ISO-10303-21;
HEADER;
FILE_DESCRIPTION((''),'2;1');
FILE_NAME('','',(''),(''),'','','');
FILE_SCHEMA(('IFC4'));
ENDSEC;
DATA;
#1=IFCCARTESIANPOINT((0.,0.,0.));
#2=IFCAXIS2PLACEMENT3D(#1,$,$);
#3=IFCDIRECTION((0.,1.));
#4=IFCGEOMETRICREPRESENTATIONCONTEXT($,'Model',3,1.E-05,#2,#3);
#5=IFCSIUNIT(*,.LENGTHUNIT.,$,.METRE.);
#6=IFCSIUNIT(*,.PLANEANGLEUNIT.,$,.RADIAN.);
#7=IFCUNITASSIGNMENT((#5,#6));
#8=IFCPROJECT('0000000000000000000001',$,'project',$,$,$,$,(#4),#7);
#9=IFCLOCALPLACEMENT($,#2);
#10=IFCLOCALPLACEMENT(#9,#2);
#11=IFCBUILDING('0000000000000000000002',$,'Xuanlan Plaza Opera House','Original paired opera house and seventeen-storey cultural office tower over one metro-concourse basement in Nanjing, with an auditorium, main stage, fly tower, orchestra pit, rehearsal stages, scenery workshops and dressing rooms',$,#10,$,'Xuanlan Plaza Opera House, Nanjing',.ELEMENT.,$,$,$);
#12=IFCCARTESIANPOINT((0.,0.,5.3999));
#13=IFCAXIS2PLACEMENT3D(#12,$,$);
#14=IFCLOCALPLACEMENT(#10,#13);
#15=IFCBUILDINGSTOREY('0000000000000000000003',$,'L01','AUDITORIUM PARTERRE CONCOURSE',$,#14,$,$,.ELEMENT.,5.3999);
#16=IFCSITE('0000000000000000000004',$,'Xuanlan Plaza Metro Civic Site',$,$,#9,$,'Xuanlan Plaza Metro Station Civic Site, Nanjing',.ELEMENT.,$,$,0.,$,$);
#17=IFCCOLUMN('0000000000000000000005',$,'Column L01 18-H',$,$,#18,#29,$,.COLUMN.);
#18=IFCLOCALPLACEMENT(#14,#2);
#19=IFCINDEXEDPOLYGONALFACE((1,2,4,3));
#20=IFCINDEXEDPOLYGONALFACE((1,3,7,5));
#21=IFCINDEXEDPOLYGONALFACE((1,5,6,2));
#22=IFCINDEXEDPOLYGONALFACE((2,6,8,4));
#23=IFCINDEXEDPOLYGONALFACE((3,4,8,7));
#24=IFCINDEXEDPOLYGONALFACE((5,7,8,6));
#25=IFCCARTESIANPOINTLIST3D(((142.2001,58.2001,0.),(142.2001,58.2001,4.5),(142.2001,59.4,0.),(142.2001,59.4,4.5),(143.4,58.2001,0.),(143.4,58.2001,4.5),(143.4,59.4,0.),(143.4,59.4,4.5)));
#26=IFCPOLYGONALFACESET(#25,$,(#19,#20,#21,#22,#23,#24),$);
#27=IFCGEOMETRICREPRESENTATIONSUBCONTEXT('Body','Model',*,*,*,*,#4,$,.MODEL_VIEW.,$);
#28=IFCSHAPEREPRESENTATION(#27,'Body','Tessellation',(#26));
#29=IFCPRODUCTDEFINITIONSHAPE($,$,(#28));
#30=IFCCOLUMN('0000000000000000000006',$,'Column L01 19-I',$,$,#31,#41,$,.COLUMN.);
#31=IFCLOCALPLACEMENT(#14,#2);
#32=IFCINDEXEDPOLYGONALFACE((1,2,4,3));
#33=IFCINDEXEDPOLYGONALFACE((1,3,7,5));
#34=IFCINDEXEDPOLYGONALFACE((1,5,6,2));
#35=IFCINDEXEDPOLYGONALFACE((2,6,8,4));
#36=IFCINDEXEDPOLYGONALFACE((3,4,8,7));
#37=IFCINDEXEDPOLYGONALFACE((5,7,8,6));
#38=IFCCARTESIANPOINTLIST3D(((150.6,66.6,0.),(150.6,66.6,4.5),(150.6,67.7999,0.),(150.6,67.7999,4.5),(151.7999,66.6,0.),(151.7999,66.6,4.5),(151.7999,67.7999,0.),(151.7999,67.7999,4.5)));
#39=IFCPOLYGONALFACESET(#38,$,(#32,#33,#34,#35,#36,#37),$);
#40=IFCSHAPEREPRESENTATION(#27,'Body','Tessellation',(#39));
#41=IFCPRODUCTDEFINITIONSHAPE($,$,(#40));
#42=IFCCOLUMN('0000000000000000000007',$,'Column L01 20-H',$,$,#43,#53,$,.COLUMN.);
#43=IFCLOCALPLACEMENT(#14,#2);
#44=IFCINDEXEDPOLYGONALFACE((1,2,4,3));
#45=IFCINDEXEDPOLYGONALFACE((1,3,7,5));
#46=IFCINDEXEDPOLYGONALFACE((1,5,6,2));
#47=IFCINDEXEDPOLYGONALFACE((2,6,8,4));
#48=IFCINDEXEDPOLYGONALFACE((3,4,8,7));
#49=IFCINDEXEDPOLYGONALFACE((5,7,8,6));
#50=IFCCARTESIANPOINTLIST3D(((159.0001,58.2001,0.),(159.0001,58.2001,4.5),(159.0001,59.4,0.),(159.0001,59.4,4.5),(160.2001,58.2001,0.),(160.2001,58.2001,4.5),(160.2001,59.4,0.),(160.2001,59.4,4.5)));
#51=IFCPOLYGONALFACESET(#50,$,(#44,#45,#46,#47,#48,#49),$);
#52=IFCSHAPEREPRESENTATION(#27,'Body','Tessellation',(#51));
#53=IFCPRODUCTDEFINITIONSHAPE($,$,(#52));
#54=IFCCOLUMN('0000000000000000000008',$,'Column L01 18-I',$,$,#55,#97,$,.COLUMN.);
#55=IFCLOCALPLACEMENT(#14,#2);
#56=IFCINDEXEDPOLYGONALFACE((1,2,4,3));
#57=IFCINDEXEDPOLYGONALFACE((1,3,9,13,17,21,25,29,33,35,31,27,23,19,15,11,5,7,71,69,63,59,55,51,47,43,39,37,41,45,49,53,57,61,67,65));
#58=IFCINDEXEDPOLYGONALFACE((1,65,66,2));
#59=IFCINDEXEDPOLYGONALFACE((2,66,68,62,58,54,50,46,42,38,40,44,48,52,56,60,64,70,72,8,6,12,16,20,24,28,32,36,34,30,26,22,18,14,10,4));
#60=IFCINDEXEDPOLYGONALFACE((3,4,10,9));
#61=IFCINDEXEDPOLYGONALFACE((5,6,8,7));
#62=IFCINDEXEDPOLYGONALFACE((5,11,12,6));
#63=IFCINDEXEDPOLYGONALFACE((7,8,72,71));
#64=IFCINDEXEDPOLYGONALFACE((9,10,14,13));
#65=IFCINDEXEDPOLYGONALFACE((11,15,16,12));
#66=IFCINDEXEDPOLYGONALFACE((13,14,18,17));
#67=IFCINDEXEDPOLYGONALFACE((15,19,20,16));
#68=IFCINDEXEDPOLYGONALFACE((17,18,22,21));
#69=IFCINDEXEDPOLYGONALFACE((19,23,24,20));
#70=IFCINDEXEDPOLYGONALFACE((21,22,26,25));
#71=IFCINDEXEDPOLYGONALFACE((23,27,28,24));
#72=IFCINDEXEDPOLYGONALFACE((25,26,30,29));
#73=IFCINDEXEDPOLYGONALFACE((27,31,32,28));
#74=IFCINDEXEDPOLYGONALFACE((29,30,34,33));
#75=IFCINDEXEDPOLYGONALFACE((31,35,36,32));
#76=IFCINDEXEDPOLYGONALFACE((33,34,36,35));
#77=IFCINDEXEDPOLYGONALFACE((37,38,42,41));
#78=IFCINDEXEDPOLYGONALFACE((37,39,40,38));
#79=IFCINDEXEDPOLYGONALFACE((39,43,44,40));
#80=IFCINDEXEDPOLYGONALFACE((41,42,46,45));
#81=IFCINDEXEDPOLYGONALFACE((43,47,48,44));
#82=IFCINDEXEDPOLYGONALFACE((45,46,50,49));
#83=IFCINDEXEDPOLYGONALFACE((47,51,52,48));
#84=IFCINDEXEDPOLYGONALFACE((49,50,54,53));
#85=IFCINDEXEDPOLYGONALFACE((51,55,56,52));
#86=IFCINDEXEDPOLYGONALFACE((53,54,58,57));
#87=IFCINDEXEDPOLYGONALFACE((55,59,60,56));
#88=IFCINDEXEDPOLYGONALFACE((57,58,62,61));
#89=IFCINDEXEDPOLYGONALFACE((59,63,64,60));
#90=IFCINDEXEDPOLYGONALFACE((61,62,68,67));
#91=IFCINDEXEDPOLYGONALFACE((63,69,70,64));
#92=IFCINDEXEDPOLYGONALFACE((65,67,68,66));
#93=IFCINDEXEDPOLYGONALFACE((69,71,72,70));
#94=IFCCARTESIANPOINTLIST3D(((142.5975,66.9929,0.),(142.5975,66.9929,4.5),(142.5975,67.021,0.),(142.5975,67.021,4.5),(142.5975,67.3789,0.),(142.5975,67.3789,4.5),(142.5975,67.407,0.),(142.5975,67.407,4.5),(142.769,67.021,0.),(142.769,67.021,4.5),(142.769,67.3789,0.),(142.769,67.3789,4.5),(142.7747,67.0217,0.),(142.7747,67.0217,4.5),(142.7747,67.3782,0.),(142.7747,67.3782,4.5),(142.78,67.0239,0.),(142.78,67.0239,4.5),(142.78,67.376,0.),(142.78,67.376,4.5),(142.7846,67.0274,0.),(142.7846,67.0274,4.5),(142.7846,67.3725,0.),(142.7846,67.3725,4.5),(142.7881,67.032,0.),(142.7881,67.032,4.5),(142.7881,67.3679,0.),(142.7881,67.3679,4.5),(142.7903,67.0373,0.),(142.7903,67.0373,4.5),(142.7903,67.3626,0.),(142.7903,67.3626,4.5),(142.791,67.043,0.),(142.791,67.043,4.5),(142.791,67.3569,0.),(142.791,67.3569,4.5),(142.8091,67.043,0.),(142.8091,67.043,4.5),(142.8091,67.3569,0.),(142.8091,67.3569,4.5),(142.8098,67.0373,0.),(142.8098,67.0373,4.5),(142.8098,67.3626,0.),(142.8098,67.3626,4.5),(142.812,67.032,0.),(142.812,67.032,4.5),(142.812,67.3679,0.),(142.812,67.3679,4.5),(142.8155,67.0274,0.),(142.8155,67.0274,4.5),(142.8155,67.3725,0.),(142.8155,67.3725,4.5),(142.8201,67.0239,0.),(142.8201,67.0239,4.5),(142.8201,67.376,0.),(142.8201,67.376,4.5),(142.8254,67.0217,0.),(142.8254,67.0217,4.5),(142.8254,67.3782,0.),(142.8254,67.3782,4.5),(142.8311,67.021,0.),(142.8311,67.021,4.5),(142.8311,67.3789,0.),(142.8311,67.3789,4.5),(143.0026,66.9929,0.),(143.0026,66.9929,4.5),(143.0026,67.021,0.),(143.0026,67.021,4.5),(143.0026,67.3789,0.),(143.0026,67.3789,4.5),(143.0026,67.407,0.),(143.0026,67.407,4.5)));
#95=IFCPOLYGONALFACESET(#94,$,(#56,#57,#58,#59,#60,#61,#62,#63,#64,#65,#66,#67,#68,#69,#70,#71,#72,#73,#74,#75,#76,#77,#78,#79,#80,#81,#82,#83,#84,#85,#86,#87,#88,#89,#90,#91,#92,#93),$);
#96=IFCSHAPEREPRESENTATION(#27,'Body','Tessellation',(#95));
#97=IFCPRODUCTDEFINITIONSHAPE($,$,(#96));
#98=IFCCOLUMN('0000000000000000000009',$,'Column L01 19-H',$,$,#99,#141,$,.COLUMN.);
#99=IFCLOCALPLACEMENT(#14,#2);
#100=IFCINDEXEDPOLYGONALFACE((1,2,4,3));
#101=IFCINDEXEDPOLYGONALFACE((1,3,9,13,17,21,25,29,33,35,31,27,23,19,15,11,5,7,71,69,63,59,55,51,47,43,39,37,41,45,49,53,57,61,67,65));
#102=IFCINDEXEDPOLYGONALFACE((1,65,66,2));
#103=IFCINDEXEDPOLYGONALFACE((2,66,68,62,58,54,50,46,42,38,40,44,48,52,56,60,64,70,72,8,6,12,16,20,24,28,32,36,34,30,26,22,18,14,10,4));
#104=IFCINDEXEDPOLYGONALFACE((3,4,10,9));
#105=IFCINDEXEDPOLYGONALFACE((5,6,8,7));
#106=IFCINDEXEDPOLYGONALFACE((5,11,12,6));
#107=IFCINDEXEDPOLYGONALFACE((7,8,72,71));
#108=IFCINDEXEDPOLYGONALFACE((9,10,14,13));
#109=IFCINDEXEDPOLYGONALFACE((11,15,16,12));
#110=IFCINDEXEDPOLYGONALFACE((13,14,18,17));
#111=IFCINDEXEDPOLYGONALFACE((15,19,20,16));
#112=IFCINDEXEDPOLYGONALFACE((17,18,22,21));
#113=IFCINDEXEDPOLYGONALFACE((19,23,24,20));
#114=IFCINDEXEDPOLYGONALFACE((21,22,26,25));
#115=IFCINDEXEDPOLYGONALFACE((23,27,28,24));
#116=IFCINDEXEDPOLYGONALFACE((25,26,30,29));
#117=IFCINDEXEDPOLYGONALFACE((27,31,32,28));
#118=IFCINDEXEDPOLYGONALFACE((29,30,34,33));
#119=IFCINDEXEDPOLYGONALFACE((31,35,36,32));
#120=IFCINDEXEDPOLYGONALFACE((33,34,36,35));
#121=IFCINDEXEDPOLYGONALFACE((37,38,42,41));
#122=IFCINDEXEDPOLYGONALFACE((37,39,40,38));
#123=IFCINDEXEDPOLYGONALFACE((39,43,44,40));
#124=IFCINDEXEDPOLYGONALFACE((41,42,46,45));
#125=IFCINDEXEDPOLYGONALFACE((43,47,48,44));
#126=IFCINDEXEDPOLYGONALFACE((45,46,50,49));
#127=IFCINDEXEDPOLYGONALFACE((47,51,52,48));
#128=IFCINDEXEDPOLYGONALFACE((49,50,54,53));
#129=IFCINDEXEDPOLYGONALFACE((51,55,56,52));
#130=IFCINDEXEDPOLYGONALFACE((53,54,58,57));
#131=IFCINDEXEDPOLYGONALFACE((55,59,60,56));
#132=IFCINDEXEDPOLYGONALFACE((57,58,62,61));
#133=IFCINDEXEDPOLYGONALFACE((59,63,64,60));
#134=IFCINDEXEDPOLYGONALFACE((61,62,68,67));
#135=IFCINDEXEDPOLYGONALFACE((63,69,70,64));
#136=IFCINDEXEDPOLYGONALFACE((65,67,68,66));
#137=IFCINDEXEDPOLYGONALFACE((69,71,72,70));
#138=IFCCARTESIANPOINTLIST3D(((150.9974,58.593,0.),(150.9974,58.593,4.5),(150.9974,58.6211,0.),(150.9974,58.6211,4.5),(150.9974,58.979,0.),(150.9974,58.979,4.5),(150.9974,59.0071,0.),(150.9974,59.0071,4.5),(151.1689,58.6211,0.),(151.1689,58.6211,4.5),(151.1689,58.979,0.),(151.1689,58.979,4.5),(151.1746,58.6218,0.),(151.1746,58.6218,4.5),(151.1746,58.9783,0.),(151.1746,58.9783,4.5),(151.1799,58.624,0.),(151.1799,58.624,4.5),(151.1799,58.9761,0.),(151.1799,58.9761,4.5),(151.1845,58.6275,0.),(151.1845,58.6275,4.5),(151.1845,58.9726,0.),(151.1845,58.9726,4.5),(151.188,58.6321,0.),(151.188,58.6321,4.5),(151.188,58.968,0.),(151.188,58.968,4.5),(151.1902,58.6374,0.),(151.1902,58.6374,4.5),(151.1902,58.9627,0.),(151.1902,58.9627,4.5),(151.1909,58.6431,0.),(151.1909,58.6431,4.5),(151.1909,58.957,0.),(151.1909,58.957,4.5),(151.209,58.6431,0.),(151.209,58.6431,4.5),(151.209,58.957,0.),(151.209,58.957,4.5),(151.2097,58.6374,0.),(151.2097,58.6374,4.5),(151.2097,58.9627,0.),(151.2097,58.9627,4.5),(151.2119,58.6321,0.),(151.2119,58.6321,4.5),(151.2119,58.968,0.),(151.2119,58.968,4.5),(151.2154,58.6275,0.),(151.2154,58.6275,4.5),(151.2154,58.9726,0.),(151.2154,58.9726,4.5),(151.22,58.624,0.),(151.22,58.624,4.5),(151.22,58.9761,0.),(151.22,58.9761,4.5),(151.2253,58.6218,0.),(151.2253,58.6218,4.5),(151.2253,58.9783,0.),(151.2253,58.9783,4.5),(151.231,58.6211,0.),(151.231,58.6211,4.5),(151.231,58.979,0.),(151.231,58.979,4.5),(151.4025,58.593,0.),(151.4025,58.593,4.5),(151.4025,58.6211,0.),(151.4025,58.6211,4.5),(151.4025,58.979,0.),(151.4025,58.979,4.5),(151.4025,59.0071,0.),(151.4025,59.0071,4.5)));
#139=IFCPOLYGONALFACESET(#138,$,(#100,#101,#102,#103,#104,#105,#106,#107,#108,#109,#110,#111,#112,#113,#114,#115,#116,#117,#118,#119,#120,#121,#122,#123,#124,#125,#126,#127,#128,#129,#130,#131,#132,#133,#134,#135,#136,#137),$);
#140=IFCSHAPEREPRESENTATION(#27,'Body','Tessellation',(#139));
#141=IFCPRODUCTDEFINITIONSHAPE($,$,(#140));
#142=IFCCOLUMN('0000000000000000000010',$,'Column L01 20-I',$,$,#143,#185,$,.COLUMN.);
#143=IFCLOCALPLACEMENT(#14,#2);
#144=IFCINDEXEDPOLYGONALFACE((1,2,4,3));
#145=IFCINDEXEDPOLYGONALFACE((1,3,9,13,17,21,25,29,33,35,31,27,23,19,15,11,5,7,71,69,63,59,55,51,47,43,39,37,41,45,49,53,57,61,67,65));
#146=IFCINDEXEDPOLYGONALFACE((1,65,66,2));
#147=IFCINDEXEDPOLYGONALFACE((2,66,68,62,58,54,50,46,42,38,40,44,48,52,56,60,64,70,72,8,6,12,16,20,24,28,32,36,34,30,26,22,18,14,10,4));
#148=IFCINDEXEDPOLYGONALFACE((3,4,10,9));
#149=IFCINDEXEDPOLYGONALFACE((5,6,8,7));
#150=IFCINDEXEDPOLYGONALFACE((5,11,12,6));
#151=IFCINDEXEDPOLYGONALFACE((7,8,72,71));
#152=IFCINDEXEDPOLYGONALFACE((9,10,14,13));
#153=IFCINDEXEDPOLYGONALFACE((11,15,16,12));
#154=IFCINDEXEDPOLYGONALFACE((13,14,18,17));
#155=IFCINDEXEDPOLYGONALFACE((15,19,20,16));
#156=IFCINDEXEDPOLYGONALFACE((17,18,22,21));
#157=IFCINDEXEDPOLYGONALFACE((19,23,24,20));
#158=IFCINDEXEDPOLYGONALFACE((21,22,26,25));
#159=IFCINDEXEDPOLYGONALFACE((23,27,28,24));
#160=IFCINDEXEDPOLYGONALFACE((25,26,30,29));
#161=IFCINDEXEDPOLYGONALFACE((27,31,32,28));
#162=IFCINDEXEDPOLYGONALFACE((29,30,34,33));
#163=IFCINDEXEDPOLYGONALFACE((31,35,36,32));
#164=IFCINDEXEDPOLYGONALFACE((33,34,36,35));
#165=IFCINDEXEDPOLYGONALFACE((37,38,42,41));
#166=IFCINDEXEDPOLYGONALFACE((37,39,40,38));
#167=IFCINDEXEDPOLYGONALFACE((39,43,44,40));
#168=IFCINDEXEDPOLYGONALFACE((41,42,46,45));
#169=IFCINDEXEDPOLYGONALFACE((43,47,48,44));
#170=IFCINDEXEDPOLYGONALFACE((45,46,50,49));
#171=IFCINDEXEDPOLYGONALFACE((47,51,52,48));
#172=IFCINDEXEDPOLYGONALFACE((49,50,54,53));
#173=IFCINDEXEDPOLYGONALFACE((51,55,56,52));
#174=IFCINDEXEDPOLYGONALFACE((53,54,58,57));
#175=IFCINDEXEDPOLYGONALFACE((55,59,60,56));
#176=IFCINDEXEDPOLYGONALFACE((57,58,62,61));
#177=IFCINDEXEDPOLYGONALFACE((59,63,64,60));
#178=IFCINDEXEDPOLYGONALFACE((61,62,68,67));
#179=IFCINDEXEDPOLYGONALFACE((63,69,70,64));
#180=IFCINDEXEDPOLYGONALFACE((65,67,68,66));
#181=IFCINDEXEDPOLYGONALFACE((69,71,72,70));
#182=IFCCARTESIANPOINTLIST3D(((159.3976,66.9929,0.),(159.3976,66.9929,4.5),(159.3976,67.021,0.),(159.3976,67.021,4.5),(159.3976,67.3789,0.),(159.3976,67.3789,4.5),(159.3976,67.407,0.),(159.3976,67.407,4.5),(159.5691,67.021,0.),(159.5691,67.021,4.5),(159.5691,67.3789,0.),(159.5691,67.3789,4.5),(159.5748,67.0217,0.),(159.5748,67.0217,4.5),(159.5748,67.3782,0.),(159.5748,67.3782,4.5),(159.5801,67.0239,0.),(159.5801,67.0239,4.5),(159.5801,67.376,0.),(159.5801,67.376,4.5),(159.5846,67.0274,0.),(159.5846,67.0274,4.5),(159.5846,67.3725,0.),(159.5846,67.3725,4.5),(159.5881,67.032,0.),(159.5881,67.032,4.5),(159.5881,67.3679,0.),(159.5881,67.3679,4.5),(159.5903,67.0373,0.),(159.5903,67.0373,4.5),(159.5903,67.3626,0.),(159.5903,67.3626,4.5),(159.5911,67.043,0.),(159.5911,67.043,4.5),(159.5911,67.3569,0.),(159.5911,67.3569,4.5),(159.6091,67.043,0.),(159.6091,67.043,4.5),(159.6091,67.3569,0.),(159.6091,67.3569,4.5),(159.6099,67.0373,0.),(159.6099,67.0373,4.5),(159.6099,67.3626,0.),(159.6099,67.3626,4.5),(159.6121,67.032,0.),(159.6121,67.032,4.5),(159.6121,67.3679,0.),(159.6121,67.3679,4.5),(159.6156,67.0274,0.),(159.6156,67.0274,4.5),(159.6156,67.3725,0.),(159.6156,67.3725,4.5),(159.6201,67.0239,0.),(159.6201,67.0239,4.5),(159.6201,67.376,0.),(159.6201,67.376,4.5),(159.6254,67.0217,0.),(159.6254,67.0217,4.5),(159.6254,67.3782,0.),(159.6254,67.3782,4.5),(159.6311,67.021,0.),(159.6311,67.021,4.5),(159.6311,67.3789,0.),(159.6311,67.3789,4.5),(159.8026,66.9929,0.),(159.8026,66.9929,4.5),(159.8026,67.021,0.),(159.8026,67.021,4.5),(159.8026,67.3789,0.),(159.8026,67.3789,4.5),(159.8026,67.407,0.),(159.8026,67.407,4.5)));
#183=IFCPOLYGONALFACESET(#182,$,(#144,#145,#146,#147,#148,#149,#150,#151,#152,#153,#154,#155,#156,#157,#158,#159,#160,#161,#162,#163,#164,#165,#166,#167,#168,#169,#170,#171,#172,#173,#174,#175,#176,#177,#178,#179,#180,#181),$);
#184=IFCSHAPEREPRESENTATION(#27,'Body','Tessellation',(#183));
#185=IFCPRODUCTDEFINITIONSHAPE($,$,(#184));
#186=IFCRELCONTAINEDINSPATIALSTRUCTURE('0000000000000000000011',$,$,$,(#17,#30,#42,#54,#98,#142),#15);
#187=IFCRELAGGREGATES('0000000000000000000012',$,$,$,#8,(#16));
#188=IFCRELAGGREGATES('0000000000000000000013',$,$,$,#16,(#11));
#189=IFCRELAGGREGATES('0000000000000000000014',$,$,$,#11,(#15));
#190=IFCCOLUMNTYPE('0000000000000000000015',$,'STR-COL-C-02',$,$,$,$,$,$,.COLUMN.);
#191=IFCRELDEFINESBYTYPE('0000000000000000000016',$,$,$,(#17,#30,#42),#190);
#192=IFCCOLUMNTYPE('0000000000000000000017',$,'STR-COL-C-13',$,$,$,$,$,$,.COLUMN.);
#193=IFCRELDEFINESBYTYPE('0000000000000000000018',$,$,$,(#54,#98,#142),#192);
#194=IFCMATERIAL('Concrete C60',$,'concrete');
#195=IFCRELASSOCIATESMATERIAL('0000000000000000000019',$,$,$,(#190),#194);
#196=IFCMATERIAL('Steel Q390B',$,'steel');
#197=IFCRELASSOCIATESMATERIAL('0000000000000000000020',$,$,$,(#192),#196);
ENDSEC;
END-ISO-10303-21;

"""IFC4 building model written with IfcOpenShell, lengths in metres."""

from ifc_helpers import new_model, si_unit, direction, frame, origin, origin_2d, place, context, subcontext, project, spatial, rectangle, i_section, extrude, material, material_profile, profile_set, type_object, element, save


model = new_model("IFC4")

# Units and contexts
model_context = context("Model", 3, precision=1e-05, world=origin(), true_north=direction((0.0, 1.0)))
body_context = subcontext(model_context, "Body", "Model", "MODEL_VIEW")
ifc_project = project(units=[si_unit("LENGTHUNIT", "METRE"), si_unit("PLANEANGLEUNIT", "RADIAN")], contexts=[model_context])

# Site, building, storey
site_placement = place(None, origin())
site = spatial("IfcSite", under=ifc_project, at=site_placement, Name="Xuanlan Plaza Metro Civic Site", LongName="Xuanlan Plaza Metro Station Civic Site, Nanjing", CompositionType="ELEMENT", RefElevation=0.0)
building_placement = place(site_placement, origin())
building = spatial("IfcBuilding", under=site, at=building_placement, Name="Xuanlan Plaza Opera House", Description="Original paired opera house and seventeen-storey cultural office tower over one metro-concourse basement in Nanjing, with an auditorium, main stage, fly tower, orchestra pit, rehearsal stages, scenery workshops and dressing rooms", LongName="Xuanlan Plaza Opera House, Nanjing", CompositionType="ELEMENT")
storey_placement = place(building_placement, frame((0.0, 0.0, 5.3999)))
storey = spatial("IfcBuildingStorey", under=building, at=storey_placement, Name="L01", Description="AUDITORIUM PARTERRE CONCOURSE", CompositionType="ELEMENT", Elevation=5.3999)

# Columns
ifc_material_1 = material(Name="Concrete C60", Category="concrete")
ifc_material_profile_1 = material_profile(ifc_material_1, rectangle(XDim=1.2, YDim=1.2, at=origin_2d()), Name="RC-COL 1200x1200")
ifc_profile_set_1 = profile_set([ifc_material_profile_1], Name="Concrete C60")
column_type_1 = type_object("IfcColumnType", Name="STR-COL-C-02", PredefinedType="COLUMN", material=ifc_profile_set_1)
for number, where, z_axis, x_axis, name in (
    (1, (142.8, 58.8, 0.0), (0.0, 0.0, 1.0), (1.0, 0.0, 0.0), "Column L01 18-H"),
    (2, (151.2, 67.2, 0.0), (0.0, 0.0, 1.0), (1.0, 0.0, 0.0), "Column L01 19-I"),
    (3, (159.6001, 58.8, 0.0), (0.0, 0.0, 1.0), (1.0, 0.0, 0.0), "Column L01 20-H"),
):
    element("IfcColumn", number, at=place(storey_placement, frame(where, z_axis=z_axis, x_axis=x_axis)), inside=storey, type_object=column_type_1, Name=name, PredefinedType="COLUMN", context=body_context, shape_type="SweptSolid", body=[
        extrude(rectangle(XDim=1.2, YDim=1.2, at=origin_2d()), origin(), (0.0, 0.0, 1.0), 4.5),
    ])
ifc_material_2 = material(Name="Steel Q390B", Category="steel")
ifc_material_profile_2 = material_profile(ifc_material_2, i_section(OverallWidth=0.405, OverallDepth=0.4141, WebThickness=0.0181, FlangeThickness=0.0281, FilletRadius=0.022, at=origin_2d()), Name="HW 414x405x18x28")
ifc_profile_set_2 = profile_set([ifc_material_profile_2], Name="Steel Q390B")
column_type_2 = type_object("IfcColumnType", Name="STR-COL-C-13", PredefinedType="COLUMN", material=ifc_profile_set_2)
for number, where, z_axis, x_axis, name in (
    (4, (142.8, 67.2, 0.0), (0.0, 0.0, 1.0), (1.0, 0.0, 0.0), "Column L01 18-I"),
    (5, (151.2, 58.8, 0.0), (0.0, 0.0, 1.0), (1.0, 0.0, 0.0), "Column L01 19-H"),
    (6, (159.6001, 67.2, 0.0), (0.0, 0.0, 1.0), (1.0, 0.0, 0.0), "Column L01 20-I"),
):
    element("IfcColumn", number, at=place(storey_placement, frame(where, z_axis=z_axis, x_axis=x_axis)), inside=storey, type_object=column_type_2, Name=name, PredefinedType="COLUMN", context=body_context, shape_type="SweptSolid", body=[
        extrude(i_section(OverallWidth=0.405, OverallDepth=0.4141, WebThickness=0.0181, FlangeThickness=0.0281, FilletRadius=0.022, at=origin_2d()), origin(), (0.0, 0.0, 1.0), 4.5),
    ])

save(model, "model.ifc")
